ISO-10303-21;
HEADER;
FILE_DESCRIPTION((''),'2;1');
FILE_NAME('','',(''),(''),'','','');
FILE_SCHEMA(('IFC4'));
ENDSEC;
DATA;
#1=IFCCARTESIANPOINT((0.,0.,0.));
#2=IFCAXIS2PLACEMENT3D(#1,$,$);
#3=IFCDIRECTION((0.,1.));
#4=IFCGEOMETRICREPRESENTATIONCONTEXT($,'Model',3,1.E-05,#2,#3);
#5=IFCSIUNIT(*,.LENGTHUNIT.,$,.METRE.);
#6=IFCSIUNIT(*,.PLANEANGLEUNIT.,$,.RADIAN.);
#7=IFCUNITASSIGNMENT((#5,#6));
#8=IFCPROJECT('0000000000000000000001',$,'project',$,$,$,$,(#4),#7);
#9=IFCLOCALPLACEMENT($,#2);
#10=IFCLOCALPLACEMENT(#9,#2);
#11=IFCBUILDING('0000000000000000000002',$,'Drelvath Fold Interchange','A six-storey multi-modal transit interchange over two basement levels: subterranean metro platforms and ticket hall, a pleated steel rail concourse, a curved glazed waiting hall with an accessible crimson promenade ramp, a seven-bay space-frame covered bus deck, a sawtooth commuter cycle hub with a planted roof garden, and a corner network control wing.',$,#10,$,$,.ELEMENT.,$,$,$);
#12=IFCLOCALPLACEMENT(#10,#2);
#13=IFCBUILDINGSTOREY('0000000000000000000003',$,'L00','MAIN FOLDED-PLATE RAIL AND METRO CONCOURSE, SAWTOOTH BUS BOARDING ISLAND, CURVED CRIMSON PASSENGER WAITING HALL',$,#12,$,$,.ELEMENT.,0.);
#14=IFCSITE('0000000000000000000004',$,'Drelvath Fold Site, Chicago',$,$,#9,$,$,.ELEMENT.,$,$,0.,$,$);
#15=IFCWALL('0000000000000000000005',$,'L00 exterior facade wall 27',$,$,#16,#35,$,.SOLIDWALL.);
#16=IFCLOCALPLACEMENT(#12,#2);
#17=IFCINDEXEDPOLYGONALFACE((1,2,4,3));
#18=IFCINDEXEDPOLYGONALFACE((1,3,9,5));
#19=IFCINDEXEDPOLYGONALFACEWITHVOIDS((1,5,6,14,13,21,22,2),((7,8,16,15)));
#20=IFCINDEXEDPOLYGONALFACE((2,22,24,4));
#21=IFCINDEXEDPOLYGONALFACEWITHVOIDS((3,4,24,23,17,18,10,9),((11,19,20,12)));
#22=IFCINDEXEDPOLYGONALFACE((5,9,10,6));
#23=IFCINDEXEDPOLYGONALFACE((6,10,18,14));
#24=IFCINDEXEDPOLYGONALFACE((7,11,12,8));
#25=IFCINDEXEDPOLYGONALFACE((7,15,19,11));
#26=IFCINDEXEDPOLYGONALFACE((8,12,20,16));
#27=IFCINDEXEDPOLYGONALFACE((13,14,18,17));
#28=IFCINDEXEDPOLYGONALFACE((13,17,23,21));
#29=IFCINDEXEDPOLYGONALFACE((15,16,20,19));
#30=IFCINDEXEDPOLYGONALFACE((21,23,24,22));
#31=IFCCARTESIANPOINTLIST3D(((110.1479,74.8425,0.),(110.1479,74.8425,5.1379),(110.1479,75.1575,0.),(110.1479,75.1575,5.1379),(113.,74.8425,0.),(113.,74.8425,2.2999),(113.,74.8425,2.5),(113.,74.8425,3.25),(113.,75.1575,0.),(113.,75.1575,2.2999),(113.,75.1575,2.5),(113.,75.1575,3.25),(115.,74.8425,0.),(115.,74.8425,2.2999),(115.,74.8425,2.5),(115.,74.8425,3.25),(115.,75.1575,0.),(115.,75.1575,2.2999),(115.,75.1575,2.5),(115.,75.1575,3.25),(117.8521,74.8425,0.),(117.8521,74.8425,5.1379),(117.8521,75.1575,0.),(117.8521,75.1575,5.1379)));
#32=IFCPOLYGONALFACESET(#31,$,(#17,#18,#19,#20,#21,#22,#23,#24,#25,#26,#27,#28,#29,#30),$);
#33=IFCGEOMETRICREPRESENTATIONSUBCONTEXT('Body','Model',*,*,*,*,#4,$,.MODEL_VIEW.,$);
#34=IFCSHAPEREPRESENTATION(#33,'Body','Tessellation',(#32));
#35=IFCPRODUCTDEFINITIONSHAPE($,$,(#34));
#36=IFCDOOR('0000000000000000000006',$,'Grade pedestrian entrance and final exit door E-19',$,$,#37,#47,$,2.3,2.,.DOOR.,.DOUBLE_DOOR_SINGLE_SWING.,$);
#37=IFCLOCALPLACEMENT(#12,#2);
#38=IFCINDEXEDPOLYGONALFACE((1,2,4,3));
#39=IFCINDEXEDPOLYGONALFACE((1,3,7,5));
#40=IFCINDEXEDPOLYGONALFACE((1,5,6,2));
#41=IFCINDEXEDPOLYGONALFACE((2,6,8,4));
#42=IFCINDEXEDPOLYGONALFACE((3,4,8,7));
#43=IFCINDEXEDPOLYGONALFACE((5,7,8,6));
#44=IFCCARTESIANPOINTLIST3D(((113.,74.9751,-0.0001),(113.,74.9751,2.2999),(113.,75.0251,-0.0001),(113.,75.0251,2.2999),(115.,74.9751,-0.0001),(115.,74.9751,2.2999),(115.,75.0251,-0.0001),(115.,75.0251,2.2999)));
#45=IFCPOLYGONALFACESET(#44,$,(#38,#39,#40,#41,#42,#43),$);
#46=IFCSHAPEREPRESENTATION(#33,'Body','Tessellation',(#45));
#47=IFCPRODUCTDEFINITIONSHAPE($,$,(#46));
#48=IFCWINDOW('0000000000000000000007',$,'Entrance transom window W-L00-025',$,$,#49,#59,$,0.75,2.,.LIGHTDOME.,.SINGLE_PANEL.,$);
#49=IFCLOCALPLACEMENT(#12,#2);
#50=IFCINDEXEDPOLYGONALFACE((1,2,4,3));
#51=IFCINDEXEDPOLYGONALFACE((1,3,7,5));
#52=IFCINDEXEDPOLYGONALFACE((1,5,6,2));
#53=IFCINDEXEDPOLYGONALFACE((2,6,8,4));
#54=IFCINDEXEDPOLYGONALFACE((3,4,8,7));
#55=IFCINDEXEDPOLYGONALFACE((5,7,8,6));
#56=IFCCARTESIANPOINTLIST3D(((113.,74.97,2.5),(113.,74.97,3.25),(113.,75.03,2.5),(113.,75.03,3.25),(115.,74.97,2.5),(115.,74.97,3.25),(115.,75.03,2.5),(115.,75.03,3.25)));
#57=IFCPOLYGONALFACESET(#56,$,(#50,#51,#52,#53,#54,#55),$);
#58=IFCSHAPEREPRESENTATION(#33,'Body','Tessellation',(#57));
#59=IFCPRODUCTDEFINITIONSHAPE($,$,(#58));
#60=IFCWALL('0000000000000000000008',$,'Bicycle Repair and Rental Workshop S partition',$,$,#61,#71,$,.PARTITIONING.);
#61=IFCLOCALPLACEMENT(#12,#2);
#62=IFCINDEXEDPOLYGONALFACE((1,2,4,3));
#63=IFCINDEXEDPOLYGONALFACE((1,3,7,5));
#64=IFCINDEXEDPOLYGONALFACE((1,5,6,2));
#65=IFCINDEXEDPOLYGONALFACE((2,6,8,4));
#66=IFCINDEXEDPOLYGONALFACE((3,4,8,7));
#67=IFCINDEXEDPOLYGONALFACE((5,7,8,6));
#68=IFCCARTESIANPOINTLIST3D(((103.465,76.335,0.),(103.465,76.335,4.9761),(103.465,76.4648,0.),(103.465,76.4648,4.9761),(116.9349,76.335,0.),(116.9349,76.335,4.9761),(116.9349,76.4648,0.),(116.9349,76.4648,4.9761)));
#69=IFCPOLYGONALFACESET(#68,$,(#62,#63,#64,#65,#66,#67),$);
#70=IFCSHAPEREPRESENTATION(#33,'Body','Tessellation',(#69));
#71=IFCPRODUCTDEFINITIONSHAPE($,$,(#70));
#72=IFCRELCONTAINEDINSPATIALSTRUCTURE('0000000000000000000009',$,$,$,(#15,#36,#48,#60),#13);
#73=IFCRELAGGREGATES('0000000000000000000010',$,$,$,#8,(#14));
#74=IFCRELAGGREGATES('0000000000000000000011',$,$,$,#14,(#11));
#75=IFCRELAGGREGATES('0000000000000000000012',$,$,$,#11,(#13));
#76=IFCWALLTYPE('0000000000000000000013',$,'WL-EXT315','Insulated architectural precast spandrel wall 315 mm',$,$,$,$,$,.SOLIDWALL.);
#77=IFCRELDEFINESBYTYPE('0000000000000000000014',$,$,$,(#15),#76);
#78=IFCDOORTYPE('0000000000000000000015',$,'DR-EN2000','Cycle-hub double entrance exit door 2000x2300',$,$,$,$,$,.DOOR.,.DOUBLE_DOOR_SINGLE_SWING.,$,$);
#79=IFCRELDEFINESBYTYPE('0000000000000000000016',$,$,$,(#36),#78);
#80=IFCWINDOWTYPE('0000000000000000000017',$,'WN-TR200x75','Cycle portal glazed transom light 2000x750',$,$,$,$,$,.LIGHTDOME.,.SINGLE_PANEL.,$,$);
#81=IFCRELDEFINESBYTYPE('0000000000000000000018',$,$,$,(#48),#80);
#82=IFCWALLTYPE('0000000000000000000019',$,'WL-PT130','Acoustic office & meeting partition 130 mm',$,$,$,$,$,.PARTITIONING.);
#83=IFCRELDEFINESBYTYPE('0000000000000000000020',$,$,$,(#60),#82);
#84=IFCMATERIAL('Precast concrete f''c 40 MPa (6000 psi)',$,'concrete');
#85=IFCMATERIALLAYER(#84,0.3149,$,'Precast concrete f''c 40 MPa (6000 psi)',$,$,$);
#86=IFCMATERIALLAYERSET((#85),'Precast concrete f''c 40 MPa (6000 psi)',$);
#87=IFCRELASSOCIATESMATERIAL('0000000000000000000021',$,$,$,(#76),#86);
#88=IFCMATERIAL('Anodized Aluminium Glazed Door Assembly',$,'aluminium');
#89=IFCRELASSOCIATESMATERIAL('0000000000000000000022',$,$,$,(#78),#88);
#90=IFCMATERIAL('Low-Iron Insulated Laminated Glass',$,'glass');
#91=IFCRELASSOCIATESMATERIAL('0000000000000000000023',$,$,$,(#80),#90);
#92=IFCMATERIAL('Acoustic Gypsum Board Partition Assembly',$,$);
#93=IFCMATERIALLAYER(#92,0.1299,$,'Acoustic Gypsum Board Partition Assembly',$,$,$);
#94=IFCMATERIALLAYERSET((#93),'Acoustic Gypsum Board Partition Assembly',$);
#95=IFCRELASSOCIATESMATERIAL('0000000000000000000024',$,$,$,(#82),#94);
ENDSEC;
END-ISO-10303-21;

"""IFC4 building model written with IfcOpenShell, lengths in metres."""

from ifc_helpers import new_model, si_unit, direction, frame, frame_2d, origin, place, context, subcontext, project, spatial, rectangle, extrude, material, layer, layer_set, type_object, element, fill, save


model = new_model("IFC4")

# Units and contexts
model_context = context("Model", 3, precision=1e-05, world=origin(), true_north=direction((0.0, 1.0)))
body_context = subcontext(model_context, "Body", "Model", "MODEL_VIEW")
ifc_project = project(units=[si_unit("LENGTHUNIT", "METRE"), si_unit("PLANEANGLEUNIT", "RADIAN")], contexts=[model_context])

# Site, building, storey
site_placement = place(None, origin())
site = spatial("IfcSite", under=ifc_project, at=site_placement, Name="Drelvath Fold Site, Chicago", CompositionType="ELEMENT", RefElevation=0.0)
building_placement = place(site_placement, origin())
building = spatial("IfcBuilding", under=site, at=building_placement, Name="Drelvath Fold Interchange", Description="A six-storey multi-modal transit interchange over two basement levels: subterranean metro platforms and ticket hall, a pleated steel rail concourse, a curved glazed waiting hall with an accessible crimson promenade ramp, a seven-bay space-frame covered bus deck, a sawtooth commuter cycle hub with a planted roof garden, and a corner network control wing.", CompositionType="ELEMENT")
storey_placement = place(building_placement, origin())
storey = spatial("IfcBuildingStorey", under=building, at=storey_placement, Name="L00", Description="MAIN FOLDED-PLATE RAIL AND METRO CONCOURSE, SAWTOOTH BUS BOARDING ISLAND, CURVED CRIMSON PASSENGER WAITING HALL", CompositionType="ELEMENT", Elevation=0.0)

# Shared definitions
ifc_material_1 = material(Name="Low-Iron Insulated Laminated Glass", Category="glass")

# Wall, openings, door, window
ifc_material_2 = material(Name="Precast concrete f'c 40 MPa (6000 psi)", Category="concrete")
ifc_layer_1 = layer(ifc_material_2, 0.3149, Name="Precast concrete f'c 40 MPa (6000 psi)")
ifc_layer_set_1 = layer_set([ifc_layer_1], Name="Precast concrete f'c 40 MPa (6000 psi)")
wall_type_1 = type_object("IfcWallType", Name="WL-EXT315", Description="Insulated architectural precast spandrel wall 315 mm", PredefinedType="SOLIDWALL", material=ifc_layer_set_1)
wall_1_placement = place(storey_placement, frame((110.1479, 75.0, 0.0), z_axis=(0.0, 0.0, 1.0), x_axis=(1.0, 0.0, 0.0)))
wall_1 = element("IfcWall", 1, at=wall_1_placement, inside=storey, type_object=wall_type_1, Name="L00 exterior facade wall 27", PredefinedType="SOLIDWALL", context=body_context, shape_type="SweptSolid", body=[
    extrude(rectangle(XDim=7.7041, YDim=0.3149, at=frame_2d((3.8521, 0.0))), origin(), (0.0, 0.0, 1.0), 5.1379),
])
opening_1_placement = place(wall_1_placement, frame((2.8521, 0.0, 0.0)))
opening_1 = element("IfcOpeningElement", 2, at=opening_1_placement, cuts=wall_1, PredefinedType="OPENING", context=body_context, shape_type="SweptSolid", body=[
    extrude(rectangle(XDim=2.0, YDim=2.3, at=frame_2d((1.0, 1.1499))), frame((0.0, 0.1675, 0.0), z_axis=(0.0, -1.0, 0.0), x_axis=(1.0, 0.0, 0.0)), (0.0, 0.0, 1.0), 0.335),
])
opening_2_placement = place(wall_1_placement, frame((2.8521, 0.0, 2.5)))
opening_2 = element("IfcOpeningElement", 3, at=opening_2_placement, cuts=wall_1, PredefinedType="OPENING", context=body_context, shape_type="SweptSolid", body=[
    extrude(rectangle(XDim=2.0, YDim=0.75, at=frame_2d((1.0, 0.375))), frame((0.0, 0.1675, 0.0), z_axis=(0.0, -1.0, 0.0), x_axis=(1.0, 0.0, 0.0)), (0.0, 0.0, 1.0), 0.335),
])
ifc_material_3 = material(Name="Anodized Aluminium Glazed Door Assembly", Category="aluminium")
door_type = type_object("IfcDoorType", Name="DR-EN2000", Description="Cycle-hub double entrance exit door 2000x2300", OperationType="DOUBLE_DOOR_SINGLE_SWING", PredefinedType="DOOR", material=ifc_material_3)
door_placement = place(opening_1_placement, frame((2.0, 0.0, 0.0), z_axis=(0.0, 0.0, 1.0), x_axis=(-1.0, 0.0, 0.0)))
door = element("IfcDoor", 4, at=door_placement, inside=storey, type_object=door_type, Name="Grade pedestrian entrance and final exit door E-19", OperationType="DOUBLE_DOOR_SINGLE_SWING", OverallHeight=2.3, OverallWidth=2.0, PredefinedType="DOOR", context=body_context, shape_type="SweptSolid", body=[
    extrude(rectangle(XDim=2.0, YDim=2.3, at=frame_2d((1.0, 1.1499))), frame((0.0, 0.0249, 0.0), z_axis=(0.0, -1.0, 0.0), x_axis=(1.0, 0.0, 0.0)), (0.0, 0.0, 1.0), 0.05),
])
fill(opening_1, door)
window_type_1 = type_object("IfcWindowType", Name="WN-TR200x75", Description="Cycle portal glazed transom light 2000x750", PartitioningType="SINGLE_PANEL", PredefinedType="LIGHTDOME", material=ifc_material_1)
window_1_placement = place(opening_2_placement, origin())
window_1 = element("IfcWindow", 5, at=window_1_placement, inside=storey, type_object=window_type_1, Name="Entrance transom window W-L00-025", OverallHeight=0.75, OverallWidth=2.0, PartitioningType="SINGLE_PANEL", PredefinedType="LIGHTDOME", context=body_context, shape_type="SweptSolid", body=[
    extrude(rectangle(XDim=2.0, YDim=0.75, at=frame_2d((1.0, 0.375))), frame((0.0, 0.03, 0.0), z_axis=(0.0, -1.0, 0.0), x_axis=(1.0, 0.0, 0.0)), (0.0, 0.0, 1.0), 0.0601),
])
fill(opening_2, window_1)

# Wall
ifc_material_4 = material(Name="Acoustic Gypsum Board Partition Assembly")
ifc_layer_2 = layer(ifc_material_4, 0.1299, Name="Acoustic Gypsum Board Partition Assembly")
ifc_layer_set_2 = layer_set([ifc_layer_2], Name="Acoustic Gypsum Board Partition Assembly")
wall_type_2 = type_object("IfcWallType", Name="WL-PT130", Description="Acoustic office & meeting partition 130 mm", PredefinedType="PARTITIONING", material=ifc_layer_set_2)
wall_2_placement = place(storey_placement, frame((103.4651, 76.3999, 0.0), z_axis=(0.0, 0.0, 1.0), x_axis=(1.0, 0.0, 0.0)))
element("IfcWall", 6, at=wall_2_placement, inside=storey, type_object=wall_type_2, Name="Bicycle Repair and Rental Workshop S partition", PredefinedType="PARTITIONING", context=body_context, shape_type="SweptSolid", body=[
    extrude(rectangle(XDim=13.47, YDim=0.1299, at=frame_2d((6.7349, 0.0))), origin(), (0.0, 0.0, 1.0), 4.9761),
])

save(model, "model.ifc")
